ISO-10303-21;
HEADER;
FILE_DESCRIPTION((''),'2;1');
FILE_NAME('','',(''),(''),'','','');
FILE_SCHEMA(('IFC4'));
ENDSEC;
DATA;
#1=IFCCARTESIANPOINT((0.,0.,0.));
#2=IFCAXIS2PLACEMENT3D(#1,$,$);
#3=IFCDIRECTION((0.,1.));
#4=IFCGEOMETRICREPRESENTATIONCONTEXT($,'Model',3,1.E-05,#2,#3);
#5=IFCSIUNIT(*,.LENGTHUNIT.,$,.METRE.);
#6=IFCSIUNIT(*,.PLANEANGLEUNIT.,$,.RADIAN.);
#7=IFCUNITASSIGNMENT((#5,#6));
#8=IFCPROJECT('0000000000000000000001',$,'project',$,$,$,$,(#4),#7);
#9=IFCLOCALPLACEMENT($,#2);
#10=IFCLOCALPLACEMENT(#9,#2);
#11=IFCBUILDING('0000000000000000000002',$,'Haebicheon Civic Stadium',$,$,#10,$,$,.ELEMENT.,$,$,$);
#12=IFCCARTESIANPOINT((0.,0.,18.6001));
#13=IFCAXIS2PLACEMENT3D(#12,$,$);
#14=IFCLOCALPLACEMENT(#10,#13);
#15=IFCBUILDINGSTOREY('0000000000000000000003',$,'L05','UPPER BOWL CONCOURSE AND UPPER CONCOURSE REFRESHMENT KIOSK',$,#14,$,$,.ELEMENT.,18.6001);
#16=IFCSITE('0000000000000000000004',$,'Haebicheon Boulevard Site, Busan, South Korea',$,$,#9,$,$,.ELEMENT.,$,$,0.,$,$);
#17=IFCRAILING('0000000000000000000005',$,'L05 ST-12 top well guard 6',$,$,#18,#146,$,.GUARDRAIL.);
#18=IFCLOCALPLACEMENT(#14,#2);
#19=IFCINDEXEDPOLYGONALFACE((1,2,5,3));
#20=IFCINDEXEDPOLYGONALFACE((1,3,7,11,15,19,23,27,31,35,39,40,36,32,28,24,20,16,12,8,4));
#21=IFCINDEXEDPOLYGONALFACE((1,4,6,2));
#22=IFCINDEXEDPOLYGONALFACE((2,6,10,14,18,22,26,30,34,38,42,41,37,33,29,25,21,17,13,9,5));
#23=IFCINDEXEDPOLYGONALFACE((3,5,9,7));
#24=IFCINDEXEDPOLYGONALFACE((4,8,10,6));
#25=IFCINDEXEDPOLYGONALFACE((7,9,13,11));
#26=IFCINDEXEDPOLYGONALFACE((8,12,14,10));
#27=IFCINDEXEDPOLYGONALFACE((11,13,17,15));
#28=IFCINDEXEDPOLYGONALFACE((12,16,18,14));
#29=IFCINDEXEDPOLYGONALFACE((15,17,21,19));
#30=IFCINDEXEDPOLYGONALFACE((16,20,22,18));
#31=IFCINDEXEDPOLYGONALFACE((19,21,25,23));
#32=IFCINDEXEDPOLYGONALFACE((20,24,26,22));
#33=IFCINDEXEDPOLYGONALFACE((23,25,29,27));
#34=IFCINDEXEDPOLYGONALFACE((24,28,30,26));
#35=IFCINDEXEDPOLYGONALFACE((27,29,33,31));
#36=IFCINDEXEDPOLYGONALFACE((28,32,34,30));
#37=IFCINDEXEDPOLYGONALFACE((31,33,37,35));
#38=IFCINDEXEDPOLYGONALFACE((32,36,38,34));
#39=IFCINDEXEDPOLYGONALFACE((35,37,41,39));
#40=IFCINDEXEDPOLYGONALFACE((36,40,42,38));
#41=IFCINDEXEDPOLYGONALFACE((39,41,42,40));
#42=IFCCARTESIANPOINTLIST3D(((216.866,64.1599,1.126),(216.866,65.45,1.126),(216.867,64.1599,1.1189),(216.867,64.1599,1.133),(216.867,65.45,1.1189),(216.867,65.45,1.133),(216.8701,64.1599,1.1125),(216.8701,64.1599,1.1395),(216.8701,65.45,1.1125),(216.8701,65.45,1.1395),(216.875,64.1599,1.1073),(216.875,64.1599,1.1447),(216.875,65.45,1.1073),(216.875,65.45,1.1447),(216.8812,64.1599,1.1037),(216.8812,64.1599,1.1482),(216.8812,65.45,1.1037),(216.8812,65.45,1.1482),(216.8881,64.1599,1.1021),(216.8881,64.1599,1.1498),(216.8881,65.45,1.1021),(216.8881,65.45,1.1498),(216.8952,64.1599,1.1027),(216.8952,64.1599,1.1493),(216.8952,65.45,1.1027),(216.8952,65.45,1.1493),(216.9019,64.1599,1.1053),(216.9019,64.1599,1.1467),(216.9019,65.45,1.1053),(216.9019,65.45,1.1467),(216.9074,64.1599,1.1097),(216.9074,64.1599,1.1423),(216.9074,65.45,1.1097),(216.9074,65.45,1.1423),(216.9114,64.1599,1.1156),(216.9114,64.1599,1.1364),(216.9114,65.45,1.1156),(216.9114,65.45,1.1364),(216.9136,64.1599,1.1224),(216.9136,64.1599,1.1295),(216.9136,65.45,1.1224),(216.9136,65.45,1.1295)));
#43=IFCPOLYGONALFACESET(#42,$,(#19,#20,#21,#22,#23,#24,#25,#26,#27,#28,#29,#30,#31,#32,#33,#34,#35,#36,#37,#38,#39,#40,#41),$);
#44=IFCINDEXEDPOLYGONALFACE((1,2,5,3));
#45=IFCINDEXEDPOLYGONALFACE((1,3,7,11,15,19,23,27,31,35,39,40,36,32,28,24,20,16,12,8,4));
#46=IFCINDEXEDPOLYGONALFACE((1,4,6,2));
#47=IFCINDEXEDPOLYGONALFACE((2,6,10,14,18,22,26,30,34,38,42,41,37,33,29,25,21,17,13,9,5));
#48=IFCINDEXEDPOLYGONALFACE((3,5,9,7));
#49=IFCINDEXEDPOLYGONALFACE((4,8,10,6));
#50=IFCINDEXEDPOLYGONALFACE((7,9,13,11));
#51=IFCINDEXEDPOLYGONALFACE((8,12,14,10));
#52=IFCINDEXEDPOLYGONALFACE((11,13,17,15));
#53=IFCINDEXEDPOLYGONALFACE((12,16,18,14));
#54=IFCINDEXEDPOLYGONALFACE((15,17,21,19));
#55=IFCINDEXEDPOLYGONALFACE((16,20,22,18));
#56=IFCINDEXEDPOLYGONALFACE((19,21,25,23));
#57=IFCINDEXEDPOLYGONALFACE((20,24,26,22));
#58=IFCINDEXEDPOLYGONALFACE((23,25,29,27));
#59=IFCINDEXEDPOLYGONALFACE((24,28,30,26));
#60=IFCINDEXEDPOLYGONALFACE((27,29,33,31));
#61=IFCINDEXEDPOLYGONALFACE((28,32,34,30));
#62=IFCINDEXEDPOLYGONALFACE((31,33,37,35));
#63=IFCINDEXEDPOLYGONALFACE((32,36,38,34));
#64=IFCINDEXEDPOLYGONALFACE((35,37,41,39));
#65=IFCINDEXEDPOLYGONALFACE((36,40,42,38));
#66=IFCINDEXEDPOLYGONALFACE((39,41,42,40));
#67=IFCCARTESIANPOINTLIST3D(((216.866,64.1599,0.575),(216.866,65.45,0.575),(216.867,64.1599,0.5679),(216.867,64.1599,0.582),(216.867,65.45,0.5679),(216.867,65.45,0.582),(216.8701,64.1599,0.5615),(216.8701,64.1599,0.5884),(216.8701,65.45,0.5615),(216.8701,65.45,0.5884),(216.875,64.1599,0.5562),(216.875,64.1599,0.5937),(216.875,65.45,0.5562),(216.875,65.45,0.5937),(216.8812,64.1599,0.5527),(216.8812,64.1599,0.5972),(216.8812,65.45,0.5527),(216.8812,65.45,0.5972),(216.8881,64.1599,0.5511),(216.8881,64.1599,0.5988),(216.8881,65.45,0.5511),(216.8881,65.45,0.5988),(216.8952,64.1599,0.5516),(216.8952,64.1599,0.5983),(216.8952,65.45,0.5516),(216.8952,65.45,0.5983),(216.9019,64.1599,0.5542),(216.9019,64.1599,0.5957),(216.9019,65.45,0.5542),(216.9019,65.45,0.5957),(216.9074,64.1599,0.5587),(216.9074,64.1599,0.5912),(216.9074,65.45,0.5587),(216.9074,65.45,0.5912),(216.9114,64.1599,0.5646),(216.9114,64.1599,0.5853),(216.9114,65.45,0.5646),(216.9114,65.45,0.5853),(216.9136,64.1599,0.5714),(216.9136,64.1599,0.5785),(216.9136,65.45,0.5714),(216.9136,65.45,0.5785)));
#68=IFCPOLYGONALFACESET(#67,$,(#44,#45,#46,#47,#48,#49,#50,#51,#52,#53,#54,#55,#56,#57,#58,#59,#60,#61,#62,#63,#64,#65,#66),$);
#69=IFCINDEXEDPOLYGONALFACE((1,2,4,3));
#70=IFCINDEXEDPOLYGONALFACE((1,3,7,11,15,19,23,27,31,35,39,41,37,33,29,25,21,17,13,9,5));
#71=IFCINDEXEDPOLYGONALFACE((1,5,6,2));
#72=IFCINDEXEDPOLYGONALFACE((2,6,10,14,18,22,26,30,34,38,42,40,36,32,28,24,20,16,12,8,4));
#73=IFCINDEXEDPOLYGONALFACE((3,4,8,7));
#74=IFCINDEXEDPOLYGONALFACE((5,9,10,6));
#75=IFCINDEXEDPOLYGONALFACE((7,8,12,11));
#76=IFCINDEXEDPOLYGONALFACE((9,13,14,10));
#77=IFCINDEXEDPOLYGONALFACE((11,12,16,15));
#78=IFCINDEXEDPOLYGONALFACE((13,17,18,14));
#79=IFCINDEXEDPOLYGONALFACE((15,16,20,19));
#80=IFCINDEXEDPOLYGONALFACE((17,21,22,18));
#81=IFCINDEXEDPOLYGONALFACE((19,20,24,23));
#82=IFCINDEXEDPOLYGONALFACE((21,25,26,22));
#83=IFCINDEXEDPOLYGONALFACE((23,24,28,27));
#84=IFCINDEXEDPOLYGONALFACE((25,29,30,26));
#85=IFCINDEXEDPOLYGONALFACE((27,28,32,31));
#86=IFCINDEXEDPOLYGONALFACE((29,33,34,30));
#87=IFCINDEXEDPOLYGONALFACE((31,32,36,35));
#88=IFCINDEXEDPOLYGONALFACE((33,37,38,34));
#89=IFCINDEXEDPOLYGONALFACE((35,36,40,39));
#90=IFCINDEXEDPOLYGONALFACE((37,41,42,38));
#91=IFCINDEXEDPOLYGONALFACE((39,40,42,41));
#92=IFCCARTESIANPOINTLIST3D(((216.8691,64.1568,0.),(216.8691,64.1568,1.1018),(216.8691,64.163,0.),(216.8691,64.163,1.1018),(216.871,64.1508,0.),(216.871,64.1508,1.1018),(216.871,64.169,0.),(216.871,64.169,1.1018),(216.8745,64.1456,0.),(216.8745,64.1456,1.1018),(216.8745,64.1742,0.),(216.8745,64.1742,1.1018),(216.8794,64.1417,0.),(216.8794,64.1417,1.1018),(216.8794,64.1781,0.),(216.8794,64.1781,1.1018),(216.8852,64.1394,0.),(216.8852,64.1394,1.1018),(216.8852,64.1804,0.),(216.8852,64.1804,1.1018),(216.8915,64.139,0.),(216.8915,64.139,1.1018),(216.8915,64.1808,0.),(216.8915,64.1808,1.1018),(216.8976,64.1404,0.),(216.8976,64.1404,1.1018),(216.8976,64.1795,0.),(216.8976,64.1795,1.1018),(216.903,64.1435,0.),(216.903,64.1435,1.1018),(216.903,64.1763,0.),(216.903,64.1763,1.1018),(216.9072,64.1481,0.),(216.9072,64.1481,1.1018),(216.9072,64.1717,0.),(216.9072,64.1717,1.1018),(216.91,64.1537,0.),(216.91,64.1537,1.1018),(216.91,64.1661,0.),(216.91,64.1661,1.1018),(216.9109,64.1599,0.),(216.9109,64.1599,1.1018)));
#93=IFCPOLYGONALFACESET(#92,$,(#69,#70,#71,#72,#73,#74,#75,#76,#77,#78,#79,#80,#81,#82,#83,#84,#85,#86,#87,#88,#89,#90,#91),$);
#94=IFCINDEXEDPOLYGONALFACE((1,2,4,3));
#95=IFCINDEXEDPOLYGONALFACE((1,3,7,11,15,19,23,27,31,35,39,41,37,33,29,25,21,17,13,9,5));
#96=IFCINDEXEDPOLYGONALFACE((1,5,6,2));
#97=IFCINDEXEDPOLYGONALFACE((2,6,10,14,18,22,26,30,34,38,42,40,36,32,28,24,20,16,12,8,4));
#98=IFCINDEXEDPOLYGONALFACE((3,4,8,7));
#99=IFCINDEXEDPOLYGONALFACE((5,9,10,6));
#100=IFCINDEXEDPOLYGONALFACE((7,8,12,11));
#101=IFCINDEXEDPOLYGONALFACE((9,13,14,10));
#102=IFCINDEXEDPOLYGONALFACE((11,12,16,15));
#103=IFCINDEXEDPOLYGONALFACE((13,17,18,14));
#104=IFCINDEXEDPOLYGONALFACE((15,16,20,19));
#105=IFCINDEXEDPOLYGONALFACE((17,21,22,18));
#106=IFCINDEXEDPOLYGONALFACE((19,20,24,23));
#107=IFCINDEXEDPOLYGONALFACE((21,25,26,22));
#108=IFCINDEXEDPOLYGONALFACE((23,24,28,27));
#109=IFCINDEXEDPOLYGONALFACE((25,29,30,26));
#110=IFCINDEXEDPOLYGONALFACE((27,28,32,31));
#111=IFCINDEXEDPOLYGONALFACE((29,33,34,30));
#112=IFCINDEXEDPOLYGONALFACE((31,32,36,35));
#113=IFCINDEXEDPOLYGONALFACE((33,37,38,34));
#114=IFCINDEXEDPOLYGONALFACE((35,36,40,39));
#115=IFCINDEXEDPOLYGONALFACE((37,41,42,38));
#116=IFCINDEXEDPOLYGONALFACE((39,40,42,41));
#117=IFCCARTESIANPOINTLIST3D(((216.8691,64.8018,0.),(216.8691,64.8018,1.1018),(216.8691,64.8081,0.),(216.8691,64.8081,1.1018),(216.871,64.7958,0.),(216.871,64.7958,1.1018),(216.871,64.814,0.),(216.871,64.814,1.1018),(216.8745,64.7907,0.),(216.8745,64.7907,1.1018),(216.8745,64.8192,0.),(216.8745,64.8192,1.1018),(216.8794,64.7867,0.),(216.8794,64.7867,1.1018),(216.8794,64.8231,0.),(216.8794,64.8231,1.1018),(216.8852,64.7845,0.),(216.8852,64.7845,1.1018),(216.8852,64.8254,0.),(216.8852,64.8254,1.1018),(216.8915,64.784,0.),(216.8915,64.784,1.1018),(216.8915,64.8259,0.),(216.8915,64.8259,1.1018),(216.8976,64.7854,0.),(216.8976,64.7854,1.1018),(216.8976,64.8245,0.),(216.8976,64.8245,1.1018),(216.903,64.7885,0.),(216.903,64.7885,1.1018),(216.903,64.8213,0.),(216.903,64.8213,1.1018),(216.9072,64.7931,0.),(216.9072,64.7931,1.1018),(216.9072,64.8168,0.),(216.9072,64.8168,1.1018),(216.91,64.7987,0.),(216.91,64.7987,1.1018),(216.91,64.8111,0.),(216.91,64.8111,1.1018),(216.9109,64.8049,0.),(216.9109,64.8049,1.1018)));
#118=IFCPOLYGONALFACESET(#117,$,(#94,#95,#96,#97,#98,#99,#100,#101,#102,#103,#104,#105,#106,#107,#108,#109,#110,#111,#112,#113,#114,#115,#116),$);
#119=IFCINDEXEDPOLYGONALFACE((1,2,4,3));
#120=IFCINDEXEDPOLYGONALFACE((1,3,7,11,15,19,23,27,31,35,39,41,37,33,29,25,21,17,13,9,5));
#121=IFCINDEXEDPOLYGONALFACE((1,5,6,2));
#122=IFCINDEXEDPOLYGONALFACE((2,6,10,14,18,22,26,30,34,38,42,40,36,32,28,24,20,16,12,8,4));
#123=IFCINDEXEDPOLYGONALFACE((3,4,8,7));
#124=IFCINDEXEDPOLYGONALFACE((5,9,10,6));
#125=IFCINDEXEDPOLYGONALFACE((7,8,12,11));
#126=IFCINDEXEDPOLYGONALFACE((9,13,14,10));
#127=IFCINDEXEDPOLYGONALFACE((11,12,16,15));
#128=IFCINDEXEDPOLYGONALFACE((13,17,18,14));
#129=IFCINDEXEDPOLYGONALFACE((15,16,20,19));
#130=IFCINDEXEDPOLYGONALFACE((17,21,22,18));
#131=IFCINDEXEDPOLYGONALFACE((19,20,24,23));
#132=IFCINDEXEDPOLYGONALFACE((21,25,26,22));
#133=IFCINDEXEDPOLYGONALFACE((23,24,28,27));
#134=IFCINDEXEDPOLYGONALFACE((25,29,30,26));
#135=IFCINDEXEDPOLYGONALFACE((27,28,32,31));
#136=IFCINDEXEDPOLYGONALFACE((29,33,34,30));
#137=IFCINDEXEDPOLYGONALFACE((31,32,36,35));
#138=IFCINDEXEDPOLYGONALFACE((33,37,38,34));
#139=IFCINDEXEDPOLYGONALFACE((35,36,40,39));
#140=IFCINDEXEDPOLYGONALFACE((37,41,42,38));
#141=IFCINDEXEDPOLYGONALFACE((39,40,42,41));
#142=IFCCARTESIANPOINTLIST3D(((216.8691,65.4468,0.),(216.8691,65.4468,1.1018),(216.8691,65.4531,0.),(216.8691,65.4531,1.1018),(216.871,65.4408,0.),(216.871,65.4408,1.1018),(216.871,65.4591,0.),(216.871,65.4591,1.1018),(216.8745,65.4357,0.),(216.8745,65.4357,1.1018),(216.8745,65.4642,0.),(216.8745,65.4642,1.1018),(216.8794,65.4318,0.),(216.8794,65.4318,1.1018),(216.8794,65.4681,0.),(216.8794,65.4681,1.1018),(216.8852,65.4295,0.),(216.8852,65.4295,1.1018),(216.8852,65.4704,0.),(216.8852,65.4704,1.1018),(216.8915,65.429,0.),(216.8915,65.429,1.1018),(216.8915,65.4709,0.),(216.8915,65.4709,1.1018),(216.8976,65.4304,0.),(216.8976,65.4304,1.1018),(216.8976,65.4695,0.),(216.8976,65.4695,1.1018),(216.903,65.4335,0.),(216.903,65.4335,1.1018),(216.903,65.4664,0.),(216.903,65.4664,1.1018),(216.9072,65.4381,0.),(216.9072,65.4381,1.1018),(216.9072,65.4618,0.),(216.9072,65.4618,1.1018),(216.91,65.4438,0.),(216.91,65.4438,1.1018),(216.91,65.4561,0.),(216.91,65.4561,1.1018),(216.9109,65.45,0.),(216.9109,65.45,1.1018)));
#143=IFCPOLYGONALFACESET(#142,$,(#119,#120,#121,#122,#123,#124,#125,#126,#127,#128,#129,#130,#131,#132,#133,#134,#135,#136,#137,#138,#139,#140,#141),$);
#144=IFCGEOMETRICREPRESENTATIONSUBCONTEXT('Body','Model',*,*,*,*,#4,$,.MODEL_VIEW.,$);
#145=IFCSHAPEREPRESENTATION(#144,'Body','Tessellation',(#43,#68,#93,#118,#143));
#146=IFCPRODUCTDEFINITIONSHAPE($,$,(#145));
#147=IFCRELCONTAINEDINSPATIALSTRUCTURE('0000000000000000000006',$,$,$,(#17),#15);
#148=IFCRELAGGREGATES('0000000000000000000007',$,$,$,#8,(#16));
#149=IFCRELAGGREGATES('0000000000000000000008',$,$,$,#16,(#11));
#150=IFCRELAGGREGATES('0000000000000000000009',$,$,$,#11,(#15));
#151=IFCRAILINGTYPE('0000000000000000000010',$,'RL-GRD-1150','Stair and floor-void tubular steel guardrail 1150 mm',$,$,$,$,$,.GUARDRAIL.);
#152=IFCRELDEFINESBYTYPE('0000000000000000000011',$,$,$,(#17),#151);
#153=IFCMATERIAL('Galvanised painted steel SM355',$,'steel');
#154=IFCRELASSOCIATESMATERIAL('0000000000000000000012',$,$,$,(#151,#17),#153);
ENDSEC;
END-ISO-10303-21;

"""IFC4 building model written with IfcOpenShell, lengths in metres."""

from ifc_helpers import new_model, si_unit, direction, frame, origin, origin_2d, place, context, subcontext, project, spatial, circle, extrude, material, type_object, element, save


model = new_model("IFC4")

# Units and contexts
model_context = context("Model", 3, precision=1e-05, world=origin(), true_north=direction((0.0, 1.0)))
body_context = subcontext(model_context, "Body", "Model", "MODEL_VIEW")
ifc_project = project(units=[si_unit("LENGTHUNIT", "METRE"), si_unit("PLANEANGLEUNIT", "RADIAN")], contexts=[model_context])

# Site, building, storey
site_placement = place(None, origin())
site = spatial("IfcSite", under=ifc_project, at=site_placement, Name="Haebicheon Boulevard Site, Busan, South Korea", CompositionType="ELEMENT", RefElevation=0.0)
building_placement = place(site_placement, origin())
building = spatial("IfcBuilding", under=site, at=building_placement, Name="Haebicheon Civic Stadium", CompositionType="ELEMENT")
storey_placement = place(building_placement, frame((0.0, 0.0, 18.6001)))
storey = spatial("IfcBuildingStorey", under=building, at=storey_placement, Name="L05", Description="UPPER BOWL CONCOURSE AND UPPER CONCOURSE REFRESHMENT KIOSK", CompositionType="ELEMENT", Elevation=18.6001)

# Railing
ifc_material_1 = material(Name="Galvanised painted steel SM355", Category="steel")
railing_type = type_object("IfcRailingType", Name="RL-GRD-1150", Description="Stair and floor-void tubular steel guardrail 1150 mm", PredefinedType="GUARDRAIL", material=ifc_material_1)
for number, where, name in (
    (1, (216.8899, 64.1599, 0.0), "L05 ST-12 top well guard 6"),
):
    element("IfcRailing", number, at=place(storey_placement, frame(where)), inside=storey, type_object=railing_type, material=ifc_material_1, Name=name, PredefinedType="GUARDRAIL", context=body_context, shape_type="SweptSolid", body=[
        extrude(circle(Radius=0.0239, at=origin_2d()), frame((0.0, 0.0, 1.126), z_axis=(0.0, 1.0, 0.0), x_axis=(-1.0, 0.0, 0.0)), (0.0, 0.0, 1.0), 1.29),
        extrude(circle(Radius=0.0239, at=origin_2d()), frame((0.0, 0.0, 0.575), z_axis=(0.0, 1.0, 0.0), x_axis=(-1.0, 0.0, 0.0)), (0.0, 0.0, 1.0), 1.29),
        extrude(circle(Radius=0.021, at=origin_2d()), origin(), (0.0, 0.0, 1.0), 1.1018),
        extrude(circle(Radius=0.021, at=origin_2d()), frame((0.0, 0.645, 0.0)), (0.0, 0.0, 1.0), 1.1018),
        extrude(circle(Radius=0.021, at=origin_2d()), frame((0.0, 1.29, 0.0)), (0.0, 0.0, 1.0), 1.1018),
    ])

save(model, "model.ifc")
